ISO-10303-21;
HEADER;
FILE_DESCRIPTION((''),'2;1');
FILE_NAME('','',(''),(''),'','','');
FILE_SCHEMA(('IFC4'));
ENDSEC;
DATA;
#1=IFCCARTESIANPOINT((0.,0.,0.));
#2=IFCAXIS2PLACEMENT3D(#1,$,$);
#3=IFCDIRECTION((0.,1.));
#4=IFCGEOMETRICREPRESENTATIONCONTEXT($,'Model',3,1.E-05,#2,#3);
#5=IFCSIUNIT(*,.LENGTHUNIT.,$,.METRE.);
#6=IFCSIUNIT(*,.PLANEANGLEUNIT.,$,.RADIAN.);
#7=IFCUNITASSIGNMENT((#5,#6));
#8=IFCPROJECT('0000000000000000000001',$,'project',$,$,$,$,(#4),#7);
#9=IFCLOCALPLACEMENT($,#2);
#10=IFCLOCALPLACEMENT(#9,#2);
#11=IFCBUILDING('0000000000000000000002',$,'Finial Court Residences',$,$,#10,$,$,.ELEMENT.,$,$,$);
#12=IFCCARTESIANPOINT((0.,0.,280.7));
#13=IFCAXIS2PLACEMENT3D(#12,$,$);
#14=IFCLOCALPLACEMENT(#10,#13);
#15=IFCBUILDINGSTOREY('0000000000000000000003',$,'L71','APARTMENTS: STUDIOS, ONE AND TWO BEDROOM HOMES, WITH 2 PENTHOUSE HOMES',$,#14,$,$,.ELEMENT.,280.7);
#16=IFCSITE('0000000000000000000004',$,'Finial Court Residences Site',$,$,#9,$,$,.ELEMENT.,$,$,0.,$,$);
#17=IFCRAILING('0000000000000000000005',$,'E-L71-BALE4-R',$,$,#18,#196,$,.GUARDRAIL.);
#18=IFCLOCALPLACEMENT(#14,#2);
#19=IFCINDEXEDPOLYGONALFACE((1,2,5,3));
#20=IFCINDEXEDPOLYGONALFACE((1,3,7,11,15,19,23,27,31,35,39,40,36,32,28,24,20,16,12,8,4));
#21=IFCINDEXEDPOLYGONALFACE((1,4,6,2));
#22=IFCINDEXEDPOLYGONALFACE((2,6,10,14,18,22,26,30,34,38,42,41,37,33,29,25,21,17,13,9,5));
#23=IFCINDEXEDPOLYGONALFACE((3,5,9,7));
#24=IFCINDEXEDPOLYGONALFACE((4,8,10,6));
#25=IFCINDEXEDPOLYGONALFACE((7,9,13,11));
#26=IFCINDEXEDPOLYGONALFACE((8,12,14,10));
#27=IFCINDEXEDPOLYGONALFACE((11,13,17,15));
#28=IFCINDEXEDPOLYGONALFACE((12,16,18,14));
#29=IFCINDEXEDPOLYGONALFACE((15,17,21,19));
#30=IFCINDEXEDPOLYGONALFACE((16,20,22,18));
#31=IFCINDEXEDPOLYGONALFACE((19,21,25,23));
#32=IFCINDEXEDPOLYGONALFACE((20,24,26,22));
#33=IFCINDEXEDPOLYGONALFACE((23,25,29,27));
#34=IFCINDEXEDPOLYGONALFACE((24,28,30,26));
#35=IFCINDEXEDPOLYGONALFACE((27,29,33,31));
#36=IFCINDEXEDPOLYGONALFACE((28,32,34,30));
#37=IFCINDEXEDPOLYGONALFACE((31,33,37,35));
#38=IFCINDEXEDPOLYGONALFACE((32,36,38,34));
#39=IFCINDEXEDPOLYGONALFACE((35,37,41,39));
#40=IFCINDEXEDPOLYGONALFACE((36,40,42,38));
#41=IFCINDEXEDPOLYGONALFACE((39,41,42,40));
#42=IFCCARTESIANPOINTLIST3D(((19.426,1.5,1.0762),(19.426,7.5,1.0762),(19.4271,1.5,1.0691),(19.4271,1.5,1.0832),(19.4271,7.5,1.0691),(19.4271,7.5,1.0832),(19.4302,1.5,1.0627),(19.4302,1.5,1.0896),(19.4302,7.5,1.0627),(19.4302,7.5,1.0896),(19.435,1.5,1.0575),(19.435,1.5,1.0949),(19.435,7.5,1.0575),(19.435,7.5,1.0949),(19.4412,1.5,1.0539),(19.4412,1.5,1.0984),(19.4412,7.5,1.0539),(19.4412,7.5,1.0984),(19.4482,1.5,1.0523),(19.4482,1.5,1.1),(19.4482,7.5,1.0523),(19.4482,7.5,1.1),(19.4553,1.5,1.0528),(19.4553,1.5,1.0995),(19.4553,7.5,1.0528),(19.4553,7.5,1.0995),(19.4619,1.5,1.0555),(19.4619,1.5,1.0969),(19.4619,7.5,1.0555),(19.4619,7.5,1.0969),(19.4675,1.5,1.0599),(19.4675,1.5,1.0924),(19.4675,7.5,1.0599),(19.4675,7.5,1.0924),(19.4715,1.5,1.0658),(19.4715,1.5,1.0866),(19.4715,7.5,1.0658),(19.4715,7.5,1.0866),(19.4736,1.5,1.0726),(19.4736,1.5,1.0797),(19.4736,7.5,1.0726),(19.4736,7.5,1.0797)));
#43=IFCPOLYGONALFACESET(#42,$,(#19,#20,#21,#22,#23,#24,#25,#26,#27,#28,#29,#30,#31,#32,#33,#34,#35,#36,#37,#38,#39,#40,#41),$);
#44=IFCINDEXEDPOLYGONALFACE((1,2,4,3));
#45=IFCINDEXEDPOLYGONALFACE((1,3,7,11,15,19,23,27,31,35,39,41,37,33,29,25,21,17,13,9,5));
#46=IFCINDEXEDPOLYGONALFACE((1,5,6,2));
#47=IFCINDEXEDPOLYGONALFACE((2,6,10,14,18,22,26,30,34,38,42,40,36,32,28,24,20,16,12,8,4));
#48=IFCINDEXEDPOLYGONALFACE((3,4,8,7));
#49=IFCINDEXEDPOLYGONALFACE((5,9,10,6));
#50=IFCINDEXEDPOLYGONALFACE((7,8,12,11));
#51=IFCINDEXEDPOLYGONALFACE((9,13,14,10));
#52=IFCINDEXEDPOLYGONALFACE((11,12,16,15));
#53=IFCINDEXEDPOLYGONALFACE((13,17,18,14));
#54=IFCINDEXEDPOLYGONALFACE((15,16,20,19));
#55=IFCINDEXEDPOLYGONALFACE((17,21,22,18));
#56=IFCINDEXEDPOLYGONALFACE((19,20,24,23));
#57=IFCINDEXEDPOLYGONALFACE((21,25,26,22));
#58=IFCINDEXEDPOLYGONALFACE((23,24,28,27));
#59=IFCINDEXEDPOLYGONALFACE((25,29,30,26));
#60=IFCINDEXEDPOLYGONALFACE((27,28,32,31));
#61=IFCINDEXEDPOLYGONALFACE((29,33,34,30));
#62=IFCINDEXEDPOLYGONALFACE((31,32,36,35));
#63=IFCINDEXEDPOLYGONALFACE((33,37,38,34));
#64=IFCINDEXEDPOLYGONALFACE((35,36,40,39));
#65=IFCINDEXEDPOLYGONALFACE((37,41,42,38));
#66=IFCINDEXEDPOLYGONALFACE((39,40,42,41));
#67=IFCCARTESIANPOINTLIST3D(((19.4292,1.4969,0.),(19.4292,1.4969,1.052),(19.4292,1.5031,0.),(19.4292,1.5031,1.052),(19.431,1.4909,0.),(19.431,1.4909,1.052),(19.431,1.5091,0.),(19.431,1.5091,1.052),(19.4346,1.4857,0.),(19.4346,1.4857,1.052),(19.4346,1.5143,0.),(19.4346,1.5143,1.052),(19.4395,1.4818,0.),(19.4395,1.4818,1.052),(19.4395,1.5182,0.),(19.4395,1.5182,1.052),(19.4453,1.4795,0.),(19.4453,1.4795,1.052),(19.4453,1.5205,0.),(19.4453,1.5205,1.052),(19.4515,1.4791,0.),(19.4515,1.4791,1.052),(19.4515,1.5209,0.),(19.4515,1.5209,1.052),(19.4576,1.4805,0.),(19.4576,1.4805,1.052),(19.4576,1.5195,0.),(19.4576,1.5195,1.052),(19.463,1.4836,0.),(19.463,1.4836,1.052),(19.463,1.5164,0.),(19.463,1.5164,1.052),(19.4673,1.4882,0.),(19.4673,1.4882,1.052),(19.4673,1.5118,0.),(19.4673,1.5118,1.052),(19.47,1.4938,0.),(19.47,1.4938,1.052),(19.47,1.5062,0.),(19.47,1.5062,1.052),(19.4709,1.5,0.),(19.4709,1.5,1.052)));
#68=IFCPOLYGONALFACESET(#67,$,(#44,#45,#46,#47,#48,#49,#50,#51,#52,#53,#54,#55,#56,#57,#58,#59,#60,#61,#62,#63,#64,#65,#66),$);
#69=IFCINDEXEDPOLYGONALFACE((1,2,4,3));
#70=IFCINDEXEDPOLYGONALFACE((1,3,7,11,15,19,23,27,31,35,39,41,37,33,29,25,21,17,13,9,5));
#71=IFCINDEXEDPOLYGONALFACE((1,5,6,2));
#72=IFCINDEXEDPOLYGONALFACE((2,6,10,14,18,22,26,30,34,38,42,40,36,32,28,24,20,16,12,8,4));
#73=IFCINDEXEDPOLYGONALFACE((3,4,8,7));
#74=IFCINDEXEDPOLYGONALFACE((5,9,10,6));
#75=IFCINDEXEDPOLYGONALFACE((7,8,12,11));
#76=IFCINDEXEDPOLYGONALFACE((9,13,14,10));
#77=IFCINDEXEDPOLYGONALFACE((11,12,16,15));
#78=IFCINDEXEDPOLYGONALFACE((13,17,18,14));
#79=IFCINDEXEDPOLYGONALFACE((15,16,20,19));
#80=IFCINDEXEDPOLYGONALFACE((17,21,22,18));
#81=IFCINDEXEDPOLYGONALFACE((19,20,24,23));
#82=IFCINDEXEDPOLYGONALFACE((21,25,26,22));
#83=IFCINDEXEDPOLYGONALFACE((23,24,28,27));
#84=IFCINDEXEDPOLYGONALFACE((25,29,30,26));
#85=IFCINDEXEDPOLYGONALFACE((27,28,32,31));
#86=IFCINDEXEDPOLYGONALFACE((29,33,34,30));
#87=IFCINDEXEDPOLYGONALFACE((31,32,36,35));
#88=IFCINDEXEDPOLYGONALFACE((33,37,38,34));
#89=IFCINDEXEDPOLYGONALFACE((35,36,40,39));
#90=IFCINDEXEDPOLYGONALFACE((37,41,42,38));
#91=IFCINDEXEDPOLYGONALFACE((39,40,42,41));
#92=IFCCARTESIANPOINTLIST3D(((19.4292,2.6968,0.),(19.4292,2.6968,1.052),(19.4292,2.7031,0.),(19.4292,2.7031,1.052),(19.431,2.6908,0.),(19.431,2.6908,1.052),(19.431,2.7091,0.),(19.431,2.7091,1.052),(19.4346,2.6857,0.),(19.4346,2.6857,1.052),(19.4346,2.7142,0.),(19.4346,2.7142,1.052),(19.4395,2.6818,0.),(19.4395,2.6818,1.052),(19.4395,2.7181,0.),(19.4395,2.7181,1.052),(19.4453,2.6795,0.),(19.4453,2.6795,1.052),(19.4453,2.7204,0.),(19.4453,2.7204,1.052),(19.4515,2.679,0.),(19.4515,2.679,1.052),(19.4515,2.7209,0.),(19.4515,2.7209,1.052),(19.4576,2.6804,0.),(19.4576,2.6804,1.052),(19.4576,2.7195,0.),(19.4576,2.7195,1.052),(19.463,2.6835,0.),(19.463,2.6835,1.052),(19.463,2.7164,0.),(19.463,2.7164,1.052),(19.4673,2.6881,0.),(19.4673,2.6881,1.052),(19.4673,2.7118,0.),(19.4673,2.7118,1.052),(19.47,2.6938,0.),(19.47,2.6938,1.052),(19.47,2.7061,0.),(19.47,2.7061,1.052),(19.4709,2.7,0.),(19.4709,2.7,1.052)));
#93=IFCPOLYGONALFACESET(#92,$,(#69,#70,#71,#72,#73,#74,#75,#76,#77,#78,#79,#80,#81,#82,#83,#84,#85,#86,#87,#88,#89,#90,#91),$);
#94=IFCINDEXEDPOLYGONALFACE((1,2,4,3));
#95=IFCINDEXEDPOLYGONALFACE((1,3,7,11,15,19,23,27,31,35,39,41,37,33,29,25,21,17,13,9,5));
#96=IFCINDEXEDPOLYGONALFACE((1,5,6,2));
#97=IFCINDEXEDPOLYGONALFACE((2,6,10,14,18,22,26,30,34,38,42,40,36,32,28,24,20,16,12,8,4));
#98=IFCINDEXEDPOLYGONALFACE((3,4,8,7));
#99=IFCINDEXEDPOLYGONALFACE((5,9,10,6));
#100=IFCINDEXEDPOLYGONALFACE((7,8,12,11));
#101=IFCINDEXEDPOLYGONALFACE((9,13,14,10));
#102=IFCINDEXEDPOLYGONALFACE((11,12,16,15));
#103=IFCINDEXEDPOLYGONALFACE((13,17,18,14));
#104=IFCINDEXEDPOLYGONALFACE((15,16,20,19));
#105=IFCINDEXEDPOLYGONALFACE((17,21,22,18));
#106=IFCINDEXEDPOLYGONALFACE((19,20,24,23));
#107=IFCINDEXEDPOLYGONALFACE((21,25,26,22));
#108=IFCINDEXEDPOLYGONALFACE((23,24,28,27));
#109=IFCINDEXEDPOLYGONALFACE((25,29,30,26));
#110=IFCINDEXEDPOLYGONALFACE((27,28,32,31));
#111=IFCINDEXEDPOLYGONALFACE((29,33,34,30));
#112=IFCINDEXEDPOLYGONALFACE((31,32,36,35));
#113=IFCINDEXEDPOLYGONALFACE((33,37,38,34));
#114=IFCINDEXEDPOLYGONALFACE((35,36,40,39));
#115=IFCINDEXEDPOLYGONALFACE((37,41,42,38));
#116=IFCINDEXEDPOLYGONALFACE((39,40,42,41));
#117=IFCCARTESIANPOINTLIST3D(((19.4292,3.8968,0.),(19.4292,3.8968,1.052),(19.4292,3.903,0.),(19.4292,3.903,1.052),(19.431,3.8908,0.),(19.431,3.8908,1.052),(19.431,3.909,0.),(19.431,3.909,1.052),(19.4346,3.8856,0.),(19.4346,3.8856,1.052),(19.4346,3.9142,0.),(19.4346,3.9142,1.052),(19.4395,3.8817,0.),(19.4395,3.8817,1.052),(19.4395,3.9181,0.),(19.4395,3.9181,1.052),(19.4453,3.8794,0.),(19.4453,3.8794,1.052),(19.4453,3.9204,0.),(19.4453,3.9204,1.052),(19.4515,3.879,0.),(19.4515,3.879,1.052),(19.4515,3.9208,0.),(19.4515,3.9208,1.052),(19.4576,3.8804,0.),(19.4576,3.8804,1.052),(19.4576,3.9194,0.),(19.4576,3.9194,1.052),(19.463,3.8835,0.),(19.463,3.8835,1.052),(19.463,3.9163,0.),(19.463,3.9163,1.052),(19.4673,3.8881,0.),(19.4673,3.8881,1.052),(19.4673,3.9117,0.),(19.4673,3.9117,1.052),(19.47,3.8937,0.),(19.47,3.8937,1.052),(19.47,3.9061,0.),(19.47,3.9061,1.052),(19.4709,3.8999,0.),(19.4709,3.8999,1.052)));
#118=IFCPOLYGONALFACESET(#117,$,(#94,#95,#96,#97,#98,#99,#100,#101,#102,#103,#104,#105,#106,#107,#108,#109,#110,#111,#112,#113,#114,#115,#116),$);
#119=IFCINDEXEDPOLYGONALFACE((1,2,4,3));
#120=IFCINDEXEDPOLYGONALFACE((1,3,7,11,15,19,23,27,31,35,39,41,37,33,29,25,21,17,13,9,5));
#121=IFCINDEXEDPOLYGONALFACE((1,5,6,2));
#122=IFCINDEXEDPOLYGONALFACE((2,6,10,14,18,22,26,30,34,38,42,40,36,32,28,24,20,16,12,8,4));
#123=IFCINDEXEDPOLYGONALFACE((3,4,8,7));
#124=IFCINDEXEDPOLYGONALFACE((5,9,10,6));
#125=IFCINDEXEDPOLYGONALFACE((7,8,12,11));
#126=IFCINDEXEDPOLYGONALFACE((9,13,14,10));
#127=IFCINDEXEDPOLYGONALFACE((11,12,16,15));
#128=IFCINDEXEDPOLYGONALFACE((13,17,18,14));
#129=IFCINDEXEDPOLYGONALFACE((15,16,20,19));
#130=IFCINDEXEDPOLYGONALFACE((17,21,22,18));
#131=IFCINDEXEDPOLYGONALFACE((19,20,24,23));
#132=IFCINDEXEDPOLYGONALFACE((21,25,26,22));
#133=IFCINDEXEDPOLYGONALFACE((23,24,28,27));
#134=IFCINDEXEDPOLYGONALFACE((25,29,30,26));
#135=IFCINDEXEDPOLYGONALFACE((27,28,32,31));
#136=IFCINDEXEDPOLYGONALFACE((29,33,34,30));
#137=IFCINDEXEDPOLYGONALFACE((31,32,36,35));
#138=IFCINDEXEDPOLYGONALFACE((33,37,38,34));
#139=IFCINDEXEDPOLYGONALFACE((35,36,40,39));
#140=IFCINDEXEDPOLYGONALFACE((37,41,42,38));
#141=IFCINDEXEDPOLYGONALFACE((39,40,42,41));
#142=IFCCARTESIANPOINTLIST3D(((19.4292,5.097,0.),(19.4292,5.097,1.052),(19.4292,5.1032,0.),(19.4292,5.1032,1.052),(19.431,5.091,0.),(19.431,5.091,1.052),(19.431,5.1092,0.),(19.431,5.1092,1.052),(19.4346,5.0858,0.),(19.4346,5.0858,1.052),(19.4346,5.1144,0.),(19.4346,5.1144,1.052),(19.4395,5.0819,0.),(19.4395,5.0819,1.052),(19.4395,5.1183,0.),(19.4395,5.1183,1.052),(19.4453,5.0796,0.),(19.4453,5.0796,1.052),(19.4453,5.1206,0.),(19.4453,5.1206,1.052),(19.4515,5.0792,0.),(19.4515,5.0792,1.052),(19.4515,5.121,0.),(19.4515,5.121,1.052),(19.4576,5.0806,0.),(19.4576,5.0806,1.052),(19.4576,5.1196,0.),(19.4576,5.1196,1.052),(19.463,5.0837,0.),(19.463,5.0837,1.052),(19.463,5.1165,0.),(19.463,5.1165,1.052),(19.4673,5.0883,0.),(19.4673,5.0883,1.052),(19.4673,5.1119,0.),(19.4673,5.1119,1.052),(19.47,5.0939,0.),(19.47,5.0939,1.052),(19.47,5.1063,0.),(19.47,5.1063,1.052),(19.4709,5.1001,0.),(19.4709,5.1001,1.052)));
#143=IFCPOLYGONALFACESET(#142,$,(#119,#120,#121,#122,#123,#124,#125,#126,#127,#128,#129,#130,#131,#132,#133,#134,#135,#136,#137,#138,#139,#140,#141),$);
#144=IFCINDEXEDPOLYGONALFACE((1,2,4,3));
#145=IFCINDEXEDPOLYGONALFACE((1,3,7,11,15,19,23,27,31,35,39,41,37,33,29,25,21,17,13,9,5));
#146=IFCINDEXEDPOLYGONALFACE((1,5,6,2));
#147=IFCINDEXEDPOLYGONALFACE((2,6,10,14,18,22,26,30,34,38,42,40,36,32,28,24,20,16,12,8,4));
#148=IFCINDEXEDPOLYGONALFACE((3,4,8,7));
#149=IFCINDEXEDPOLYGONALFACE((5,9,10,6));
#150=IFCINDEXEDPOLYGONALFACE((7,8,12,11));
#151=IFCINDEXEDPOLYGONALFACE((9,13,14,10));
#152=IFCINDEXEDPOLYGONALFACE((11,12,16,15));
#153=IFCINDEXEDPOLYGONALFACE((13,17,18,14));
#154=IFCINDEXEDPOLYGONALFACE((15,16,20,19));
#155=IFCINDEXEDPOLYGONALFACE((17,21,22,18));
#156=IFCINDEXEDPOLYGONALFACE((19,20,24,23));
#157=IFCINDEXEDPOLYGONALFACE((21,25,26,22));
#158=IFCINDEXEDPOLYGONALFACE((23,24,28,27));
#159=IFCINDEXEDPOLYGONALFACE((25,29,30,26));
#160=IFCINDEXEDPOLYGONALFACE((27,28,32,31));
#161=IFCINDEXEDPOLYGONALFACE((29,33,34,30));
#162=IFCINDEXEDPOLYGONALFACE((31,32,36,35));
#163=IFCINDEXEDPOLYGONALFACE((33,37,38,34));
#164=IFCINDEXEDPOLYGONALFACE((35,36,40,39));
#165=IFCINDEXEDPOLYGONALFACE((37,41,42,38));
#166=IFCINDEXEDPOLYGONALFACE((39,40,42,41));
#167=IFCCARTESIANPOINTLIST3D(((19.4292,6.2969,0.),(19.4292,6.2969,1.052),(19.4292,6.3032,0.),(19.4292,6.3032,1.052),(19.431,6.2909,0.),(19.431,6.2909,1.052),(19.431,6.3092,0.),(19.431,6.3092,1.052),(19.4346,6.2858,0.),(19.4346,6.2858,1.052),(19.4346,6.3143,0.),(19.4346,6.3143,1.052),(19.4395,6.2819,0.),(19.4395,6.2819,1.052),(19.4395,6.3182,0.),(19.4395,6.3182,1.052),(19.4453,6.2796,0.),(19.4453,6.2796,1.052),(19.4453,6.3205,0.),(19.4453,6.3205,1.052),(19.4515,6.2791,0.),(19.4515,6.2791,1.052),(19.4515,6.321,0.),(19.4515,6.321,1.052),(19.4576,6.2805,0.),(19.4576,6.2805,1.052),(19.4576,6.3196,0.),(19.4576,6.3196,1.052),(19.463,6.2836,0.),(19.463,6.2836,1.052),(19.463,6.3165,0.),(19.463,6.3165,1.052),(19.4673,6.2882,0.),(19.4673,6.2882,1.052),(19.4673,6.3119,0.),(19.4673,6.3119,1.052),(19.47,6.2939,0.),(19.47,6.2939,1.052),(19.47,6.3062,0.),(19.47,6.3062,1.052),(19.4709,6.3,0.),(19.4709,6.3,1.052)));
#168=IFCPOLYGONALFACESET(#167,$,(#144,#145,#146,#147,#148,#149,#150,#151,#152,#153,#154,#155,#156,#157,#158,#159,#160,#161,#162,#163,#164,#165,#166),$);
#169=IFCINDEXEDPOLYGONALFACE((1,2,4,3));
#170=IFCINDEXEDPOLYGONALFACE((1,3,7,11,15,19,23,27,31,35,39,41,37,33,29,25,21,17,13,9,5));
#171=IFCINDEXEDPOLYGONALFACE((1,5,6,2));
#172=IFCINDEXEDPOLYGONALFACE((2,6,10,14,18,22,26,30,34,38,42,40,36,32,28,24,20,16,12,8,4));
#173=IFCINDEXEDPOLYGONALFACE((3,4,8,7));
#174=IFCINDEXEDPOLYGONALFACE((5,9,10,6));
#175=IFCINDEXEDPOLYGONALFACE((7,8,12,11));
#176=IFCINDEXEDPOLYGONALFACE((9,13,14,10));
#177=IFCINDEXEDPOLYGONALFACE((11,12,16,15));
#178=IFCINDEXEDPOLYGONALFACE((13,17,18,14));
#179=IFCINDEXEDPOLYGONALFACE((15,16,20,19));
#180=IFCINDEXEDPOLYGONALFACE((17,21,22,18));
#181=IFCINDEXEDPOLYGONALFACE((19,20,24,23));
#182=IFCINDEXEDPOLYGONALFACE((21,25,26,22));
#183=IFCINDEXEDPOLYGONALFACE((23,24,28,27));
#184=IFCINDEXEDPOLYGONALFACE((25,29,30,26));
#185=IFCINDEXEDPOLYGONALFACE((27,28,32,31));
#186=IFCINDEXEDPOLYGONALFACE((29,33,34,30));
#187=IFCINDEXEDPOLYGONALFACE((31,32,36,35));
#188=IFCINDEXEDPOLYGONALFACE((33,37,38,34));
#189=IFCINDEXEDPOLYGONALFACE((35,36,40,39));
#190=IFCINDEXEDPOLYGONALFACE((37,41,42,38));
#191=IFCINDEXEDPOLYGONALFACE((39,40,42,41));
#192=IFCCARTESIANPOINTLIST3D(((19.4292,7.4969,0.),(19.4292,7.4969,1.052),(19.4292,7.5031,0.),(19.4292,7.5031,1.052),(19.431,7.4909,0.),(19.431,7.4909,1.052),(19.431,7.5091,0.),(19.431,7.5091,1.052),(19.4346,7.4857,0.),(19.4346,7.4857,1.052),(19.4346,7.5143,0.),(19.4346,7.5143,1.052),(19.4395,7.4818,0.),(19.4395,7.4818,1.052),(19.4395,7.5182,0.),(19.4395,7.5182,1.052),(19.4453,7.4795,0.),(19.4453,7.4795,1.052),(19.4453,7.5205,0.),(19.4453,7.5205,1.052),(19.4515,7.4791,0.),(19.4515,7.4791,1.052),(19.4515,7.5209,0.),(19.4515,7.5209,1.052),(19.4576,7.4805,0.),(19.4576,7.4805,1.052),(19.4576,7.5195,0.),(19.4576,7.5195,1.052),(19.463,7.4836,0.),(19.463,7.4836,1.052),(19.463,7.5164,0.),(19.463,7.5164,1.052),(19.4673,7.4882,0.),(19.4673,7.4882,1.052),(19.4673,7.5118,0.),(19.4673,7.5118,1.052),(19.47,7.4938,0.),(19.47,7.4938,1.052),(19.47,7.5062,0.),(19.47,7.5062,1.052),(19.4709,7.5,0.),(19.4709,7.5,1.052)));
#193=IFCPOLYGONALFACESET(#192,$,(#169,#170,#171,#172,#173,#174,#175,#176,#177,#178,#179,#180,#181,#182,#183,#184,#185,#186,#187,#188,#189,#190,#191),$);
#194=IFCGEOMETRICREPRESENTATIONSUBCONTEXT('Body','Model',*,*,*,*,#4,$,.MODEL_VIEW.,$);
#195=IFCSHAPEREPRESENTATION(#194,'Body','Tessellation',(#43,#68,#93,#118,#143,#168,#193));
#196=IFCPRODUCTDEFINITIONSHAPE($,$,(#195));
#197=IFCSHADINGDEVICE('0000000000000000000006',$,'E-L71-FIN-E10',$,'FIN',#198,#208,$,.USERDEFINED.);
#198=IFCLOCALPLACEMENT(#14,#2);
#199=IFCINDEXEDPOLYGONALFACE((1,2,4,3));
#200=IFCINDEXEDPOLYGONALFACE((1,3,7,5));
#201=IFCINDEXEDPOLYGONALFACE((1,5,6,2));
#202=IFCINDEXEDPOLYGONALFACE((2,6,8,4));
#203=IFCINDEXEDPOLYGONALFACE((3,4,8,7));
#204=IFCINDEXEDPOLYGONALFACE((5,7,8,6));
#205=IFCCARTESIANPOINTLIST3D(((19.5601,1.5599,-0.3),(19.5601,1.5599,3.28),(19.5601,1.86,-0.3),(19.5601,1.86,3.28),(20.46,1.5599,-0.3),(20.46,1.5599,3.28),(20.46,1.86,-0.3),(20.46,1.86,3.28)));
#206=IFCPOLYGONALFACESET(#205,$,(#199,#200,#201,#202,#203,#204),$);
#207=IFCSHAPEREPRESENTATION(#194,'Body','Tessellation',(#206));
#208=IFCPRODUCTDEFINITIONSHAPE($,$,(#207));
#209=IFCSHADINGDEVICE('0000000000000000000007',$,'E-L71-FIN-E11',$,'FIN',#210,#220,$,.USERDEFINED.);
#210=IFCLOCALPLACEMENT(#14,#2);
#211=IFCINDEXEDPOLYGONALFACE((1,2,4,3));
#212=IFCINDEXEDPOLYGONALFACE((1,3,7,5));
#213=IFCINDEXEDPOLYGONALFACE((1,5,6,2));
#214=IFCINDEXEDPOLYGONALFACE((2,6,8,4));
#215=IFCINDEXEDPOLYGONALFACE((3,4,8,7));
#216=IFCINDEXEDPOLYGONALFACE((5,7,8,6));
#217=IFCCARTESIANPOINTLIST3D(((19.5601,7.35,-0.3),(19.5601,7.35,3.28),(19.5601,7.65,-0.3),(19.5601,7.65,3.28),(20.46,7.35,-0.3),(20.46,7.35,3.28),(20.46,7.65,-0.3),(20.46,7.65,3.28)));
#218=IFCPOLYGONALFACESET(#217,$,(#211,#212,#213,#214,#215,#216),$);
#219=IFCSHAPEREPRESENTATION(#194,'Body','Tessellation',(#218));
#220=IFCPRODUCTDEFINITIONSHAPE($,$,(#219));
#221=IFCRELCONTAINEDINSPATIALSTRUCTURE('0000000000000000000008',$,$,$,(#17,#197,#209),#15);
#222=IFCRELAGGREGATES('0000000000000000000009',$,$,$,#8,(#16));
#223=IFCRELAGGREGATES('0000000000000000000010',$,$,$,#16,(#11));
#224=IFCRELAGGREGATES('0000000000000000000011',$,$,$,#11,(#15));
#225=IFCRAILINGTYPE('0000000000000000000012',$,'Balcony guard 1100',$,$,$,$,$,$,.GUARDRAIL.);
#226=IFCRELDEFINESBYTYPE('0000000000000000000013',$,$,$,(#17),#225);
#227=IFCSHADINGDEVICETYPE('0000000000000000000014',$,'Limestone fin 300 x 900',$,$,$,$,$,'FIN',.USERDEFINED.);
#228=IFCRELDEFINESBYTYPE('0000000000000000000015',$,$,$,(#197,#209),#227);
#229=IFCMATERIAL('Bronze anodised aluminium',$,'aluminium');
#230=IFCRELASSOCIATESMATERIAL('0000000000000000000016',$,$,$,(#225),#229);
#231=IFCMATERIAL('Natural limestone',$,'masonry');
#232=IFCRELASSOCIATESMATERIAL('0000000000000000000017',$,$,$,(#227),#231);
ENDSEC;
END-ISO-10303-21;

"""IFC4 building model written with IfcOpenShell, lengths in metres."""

from ifc_helpers import new_model, si_unit, direction, frame, origin, origin_2d, place, context, subcontext, project, spatial, rectangle, circle, extrude, material, type_object, element, save


model = new_model("IFC4")

# Units and contexts
model_context = context("Model", 3, precision=1e-05, world=origin(), true_north=direction((0.0, 1.0)))
body_context = subcontext(model_context, "Body", "Model", "MODEL_VIEW")
ifc_project = project(units=[si_unit("LENGTHUNIT", "METRE"), si_unit("PLANEANGLEUNIT", "RADIAN")], contexts=[model_context])

# Site, building, storey
site_placement = place(None, origin())
site = spatial("IfcSite", under=ifc_project, at=site_placement, Name="Finial Court Residences Site", CompositionType="ELEMENT", RefElevation=0.0)
building_placement = place(site_placement, origin())
building = spatial("IfcBuilding", under=site, at=building_placement, Name="Finial Court Residences", CompositionType="ELEMENT")
storey_placement = place(building_placement, frame((0.0, 0.0, 280.7)))
storey = spatial("IfcBuildingStorey", under=building, at=storey_placement, Name="L71", Description="APARTMENTS: STUDIOS, ONE AND TWO BEDROOM HOMES, WITH 2 PENTHOUSE HOMES", CompositionType="ELEMENT", Elevation=280.7)

# Shared definitions
ifc_material_1 = material(Name="Bronze anodised aluminium", Category="aluminium")

# Shared definitions
ifc_material_2 = material(Name="Natural limestone", Category="masonry")

# Railing
railing_type = type_object("IfcRailingType", Name="Balcony guard 1100", PredefinedType="GUARDRAIL", material=ifc_material_1)
railing_placement = place(storey_placement, frame((19.45, 1.5, 0.0)))
element("IfcRailing", 1, at=railing_placement, inside=storey, type_object=railing_type, Name="E-L71-BALE4-R", PredefinedType="GUARDRAIL", context=body_context, shape_type="SweptSolid", body=[
    extrude(circle(Radius=0.0239, at=origin_2d()), frame((0.0, 0.0, 1.0762), z_axis=(0.0, 1.0, 0.0), x_axis=(-1.0, 0.0, 0.0)), (0.0, 0.0, 1.0), 6.0),
    extrude(circle(Radius=0.021, at=origin_2d()), origin(), (0.0, 0.0, 1.0), 1.052),
    extrude(circle(Radius=0.021, at=origin_2d()), frame((0.0, 1.2, 0.0)), (0.0, 0.0, 1.0), 1.052),
    extrude(circle(Radius=0.021, at=origin_2d()), frame((0.0, 2.3999, 0.0)), (0.0, 0.0, 1.0), 1.052),
    extrude(circle(Radius=0.021, at=origin_2d()), frame((0.0, 3.6001, 0.0)), (0.0, 0.0, 1.0), 1.052),
    extrude(circle(Radius=0.021, at=origin_2d()), frame((0.0, 4.8, 0.0)), (0.0, 0.0, 1.0), 1.052),
    extrude(circle(Radius=0.021, at=origin_2d()), frame((0.0, 6.0, 0.0)), (0.0, 0.0, 1.0), 1.052),
])

# Shading devices
shading_device_type = type_object("IfcShadingDeviceType", Name="Limestone fin 300 x 900", ElementType="FIN", PredefinedType="USERDEFINED", material=ifc_material_2)
for number, where, z_axis, x_axis, name in (
    (2, (20.01, 1.71, -0.3), (0.0, 0.0, 1.0), (1.0, 0.0, 0.0), "E-L71-FIN-E10"),
    (3, (20.01, 7.5, -0.3), (0.0, 0.0, 1.0), (1.0, 0.0, 0.0), "E-L71-FIN-E11"),
):
    element("IfcShadingDevice", number, at=place(storey_placement, frame(where, z_axis=z_axis, x_axis=x_axis)), inside=storey, type_object=shading_device_type, Name=name, ObjectType="FIN", PredefinedType="USERDEFINED", context=body_context, shape_type="SweptSolid", body=[
        extrude(rectangle(XDim=0.8999, YDim=0.3, at=origin_2d()), origin(), (0.0, 0.0, 1.0), 3.5801),
    ])

save(model, "model.ifc")
